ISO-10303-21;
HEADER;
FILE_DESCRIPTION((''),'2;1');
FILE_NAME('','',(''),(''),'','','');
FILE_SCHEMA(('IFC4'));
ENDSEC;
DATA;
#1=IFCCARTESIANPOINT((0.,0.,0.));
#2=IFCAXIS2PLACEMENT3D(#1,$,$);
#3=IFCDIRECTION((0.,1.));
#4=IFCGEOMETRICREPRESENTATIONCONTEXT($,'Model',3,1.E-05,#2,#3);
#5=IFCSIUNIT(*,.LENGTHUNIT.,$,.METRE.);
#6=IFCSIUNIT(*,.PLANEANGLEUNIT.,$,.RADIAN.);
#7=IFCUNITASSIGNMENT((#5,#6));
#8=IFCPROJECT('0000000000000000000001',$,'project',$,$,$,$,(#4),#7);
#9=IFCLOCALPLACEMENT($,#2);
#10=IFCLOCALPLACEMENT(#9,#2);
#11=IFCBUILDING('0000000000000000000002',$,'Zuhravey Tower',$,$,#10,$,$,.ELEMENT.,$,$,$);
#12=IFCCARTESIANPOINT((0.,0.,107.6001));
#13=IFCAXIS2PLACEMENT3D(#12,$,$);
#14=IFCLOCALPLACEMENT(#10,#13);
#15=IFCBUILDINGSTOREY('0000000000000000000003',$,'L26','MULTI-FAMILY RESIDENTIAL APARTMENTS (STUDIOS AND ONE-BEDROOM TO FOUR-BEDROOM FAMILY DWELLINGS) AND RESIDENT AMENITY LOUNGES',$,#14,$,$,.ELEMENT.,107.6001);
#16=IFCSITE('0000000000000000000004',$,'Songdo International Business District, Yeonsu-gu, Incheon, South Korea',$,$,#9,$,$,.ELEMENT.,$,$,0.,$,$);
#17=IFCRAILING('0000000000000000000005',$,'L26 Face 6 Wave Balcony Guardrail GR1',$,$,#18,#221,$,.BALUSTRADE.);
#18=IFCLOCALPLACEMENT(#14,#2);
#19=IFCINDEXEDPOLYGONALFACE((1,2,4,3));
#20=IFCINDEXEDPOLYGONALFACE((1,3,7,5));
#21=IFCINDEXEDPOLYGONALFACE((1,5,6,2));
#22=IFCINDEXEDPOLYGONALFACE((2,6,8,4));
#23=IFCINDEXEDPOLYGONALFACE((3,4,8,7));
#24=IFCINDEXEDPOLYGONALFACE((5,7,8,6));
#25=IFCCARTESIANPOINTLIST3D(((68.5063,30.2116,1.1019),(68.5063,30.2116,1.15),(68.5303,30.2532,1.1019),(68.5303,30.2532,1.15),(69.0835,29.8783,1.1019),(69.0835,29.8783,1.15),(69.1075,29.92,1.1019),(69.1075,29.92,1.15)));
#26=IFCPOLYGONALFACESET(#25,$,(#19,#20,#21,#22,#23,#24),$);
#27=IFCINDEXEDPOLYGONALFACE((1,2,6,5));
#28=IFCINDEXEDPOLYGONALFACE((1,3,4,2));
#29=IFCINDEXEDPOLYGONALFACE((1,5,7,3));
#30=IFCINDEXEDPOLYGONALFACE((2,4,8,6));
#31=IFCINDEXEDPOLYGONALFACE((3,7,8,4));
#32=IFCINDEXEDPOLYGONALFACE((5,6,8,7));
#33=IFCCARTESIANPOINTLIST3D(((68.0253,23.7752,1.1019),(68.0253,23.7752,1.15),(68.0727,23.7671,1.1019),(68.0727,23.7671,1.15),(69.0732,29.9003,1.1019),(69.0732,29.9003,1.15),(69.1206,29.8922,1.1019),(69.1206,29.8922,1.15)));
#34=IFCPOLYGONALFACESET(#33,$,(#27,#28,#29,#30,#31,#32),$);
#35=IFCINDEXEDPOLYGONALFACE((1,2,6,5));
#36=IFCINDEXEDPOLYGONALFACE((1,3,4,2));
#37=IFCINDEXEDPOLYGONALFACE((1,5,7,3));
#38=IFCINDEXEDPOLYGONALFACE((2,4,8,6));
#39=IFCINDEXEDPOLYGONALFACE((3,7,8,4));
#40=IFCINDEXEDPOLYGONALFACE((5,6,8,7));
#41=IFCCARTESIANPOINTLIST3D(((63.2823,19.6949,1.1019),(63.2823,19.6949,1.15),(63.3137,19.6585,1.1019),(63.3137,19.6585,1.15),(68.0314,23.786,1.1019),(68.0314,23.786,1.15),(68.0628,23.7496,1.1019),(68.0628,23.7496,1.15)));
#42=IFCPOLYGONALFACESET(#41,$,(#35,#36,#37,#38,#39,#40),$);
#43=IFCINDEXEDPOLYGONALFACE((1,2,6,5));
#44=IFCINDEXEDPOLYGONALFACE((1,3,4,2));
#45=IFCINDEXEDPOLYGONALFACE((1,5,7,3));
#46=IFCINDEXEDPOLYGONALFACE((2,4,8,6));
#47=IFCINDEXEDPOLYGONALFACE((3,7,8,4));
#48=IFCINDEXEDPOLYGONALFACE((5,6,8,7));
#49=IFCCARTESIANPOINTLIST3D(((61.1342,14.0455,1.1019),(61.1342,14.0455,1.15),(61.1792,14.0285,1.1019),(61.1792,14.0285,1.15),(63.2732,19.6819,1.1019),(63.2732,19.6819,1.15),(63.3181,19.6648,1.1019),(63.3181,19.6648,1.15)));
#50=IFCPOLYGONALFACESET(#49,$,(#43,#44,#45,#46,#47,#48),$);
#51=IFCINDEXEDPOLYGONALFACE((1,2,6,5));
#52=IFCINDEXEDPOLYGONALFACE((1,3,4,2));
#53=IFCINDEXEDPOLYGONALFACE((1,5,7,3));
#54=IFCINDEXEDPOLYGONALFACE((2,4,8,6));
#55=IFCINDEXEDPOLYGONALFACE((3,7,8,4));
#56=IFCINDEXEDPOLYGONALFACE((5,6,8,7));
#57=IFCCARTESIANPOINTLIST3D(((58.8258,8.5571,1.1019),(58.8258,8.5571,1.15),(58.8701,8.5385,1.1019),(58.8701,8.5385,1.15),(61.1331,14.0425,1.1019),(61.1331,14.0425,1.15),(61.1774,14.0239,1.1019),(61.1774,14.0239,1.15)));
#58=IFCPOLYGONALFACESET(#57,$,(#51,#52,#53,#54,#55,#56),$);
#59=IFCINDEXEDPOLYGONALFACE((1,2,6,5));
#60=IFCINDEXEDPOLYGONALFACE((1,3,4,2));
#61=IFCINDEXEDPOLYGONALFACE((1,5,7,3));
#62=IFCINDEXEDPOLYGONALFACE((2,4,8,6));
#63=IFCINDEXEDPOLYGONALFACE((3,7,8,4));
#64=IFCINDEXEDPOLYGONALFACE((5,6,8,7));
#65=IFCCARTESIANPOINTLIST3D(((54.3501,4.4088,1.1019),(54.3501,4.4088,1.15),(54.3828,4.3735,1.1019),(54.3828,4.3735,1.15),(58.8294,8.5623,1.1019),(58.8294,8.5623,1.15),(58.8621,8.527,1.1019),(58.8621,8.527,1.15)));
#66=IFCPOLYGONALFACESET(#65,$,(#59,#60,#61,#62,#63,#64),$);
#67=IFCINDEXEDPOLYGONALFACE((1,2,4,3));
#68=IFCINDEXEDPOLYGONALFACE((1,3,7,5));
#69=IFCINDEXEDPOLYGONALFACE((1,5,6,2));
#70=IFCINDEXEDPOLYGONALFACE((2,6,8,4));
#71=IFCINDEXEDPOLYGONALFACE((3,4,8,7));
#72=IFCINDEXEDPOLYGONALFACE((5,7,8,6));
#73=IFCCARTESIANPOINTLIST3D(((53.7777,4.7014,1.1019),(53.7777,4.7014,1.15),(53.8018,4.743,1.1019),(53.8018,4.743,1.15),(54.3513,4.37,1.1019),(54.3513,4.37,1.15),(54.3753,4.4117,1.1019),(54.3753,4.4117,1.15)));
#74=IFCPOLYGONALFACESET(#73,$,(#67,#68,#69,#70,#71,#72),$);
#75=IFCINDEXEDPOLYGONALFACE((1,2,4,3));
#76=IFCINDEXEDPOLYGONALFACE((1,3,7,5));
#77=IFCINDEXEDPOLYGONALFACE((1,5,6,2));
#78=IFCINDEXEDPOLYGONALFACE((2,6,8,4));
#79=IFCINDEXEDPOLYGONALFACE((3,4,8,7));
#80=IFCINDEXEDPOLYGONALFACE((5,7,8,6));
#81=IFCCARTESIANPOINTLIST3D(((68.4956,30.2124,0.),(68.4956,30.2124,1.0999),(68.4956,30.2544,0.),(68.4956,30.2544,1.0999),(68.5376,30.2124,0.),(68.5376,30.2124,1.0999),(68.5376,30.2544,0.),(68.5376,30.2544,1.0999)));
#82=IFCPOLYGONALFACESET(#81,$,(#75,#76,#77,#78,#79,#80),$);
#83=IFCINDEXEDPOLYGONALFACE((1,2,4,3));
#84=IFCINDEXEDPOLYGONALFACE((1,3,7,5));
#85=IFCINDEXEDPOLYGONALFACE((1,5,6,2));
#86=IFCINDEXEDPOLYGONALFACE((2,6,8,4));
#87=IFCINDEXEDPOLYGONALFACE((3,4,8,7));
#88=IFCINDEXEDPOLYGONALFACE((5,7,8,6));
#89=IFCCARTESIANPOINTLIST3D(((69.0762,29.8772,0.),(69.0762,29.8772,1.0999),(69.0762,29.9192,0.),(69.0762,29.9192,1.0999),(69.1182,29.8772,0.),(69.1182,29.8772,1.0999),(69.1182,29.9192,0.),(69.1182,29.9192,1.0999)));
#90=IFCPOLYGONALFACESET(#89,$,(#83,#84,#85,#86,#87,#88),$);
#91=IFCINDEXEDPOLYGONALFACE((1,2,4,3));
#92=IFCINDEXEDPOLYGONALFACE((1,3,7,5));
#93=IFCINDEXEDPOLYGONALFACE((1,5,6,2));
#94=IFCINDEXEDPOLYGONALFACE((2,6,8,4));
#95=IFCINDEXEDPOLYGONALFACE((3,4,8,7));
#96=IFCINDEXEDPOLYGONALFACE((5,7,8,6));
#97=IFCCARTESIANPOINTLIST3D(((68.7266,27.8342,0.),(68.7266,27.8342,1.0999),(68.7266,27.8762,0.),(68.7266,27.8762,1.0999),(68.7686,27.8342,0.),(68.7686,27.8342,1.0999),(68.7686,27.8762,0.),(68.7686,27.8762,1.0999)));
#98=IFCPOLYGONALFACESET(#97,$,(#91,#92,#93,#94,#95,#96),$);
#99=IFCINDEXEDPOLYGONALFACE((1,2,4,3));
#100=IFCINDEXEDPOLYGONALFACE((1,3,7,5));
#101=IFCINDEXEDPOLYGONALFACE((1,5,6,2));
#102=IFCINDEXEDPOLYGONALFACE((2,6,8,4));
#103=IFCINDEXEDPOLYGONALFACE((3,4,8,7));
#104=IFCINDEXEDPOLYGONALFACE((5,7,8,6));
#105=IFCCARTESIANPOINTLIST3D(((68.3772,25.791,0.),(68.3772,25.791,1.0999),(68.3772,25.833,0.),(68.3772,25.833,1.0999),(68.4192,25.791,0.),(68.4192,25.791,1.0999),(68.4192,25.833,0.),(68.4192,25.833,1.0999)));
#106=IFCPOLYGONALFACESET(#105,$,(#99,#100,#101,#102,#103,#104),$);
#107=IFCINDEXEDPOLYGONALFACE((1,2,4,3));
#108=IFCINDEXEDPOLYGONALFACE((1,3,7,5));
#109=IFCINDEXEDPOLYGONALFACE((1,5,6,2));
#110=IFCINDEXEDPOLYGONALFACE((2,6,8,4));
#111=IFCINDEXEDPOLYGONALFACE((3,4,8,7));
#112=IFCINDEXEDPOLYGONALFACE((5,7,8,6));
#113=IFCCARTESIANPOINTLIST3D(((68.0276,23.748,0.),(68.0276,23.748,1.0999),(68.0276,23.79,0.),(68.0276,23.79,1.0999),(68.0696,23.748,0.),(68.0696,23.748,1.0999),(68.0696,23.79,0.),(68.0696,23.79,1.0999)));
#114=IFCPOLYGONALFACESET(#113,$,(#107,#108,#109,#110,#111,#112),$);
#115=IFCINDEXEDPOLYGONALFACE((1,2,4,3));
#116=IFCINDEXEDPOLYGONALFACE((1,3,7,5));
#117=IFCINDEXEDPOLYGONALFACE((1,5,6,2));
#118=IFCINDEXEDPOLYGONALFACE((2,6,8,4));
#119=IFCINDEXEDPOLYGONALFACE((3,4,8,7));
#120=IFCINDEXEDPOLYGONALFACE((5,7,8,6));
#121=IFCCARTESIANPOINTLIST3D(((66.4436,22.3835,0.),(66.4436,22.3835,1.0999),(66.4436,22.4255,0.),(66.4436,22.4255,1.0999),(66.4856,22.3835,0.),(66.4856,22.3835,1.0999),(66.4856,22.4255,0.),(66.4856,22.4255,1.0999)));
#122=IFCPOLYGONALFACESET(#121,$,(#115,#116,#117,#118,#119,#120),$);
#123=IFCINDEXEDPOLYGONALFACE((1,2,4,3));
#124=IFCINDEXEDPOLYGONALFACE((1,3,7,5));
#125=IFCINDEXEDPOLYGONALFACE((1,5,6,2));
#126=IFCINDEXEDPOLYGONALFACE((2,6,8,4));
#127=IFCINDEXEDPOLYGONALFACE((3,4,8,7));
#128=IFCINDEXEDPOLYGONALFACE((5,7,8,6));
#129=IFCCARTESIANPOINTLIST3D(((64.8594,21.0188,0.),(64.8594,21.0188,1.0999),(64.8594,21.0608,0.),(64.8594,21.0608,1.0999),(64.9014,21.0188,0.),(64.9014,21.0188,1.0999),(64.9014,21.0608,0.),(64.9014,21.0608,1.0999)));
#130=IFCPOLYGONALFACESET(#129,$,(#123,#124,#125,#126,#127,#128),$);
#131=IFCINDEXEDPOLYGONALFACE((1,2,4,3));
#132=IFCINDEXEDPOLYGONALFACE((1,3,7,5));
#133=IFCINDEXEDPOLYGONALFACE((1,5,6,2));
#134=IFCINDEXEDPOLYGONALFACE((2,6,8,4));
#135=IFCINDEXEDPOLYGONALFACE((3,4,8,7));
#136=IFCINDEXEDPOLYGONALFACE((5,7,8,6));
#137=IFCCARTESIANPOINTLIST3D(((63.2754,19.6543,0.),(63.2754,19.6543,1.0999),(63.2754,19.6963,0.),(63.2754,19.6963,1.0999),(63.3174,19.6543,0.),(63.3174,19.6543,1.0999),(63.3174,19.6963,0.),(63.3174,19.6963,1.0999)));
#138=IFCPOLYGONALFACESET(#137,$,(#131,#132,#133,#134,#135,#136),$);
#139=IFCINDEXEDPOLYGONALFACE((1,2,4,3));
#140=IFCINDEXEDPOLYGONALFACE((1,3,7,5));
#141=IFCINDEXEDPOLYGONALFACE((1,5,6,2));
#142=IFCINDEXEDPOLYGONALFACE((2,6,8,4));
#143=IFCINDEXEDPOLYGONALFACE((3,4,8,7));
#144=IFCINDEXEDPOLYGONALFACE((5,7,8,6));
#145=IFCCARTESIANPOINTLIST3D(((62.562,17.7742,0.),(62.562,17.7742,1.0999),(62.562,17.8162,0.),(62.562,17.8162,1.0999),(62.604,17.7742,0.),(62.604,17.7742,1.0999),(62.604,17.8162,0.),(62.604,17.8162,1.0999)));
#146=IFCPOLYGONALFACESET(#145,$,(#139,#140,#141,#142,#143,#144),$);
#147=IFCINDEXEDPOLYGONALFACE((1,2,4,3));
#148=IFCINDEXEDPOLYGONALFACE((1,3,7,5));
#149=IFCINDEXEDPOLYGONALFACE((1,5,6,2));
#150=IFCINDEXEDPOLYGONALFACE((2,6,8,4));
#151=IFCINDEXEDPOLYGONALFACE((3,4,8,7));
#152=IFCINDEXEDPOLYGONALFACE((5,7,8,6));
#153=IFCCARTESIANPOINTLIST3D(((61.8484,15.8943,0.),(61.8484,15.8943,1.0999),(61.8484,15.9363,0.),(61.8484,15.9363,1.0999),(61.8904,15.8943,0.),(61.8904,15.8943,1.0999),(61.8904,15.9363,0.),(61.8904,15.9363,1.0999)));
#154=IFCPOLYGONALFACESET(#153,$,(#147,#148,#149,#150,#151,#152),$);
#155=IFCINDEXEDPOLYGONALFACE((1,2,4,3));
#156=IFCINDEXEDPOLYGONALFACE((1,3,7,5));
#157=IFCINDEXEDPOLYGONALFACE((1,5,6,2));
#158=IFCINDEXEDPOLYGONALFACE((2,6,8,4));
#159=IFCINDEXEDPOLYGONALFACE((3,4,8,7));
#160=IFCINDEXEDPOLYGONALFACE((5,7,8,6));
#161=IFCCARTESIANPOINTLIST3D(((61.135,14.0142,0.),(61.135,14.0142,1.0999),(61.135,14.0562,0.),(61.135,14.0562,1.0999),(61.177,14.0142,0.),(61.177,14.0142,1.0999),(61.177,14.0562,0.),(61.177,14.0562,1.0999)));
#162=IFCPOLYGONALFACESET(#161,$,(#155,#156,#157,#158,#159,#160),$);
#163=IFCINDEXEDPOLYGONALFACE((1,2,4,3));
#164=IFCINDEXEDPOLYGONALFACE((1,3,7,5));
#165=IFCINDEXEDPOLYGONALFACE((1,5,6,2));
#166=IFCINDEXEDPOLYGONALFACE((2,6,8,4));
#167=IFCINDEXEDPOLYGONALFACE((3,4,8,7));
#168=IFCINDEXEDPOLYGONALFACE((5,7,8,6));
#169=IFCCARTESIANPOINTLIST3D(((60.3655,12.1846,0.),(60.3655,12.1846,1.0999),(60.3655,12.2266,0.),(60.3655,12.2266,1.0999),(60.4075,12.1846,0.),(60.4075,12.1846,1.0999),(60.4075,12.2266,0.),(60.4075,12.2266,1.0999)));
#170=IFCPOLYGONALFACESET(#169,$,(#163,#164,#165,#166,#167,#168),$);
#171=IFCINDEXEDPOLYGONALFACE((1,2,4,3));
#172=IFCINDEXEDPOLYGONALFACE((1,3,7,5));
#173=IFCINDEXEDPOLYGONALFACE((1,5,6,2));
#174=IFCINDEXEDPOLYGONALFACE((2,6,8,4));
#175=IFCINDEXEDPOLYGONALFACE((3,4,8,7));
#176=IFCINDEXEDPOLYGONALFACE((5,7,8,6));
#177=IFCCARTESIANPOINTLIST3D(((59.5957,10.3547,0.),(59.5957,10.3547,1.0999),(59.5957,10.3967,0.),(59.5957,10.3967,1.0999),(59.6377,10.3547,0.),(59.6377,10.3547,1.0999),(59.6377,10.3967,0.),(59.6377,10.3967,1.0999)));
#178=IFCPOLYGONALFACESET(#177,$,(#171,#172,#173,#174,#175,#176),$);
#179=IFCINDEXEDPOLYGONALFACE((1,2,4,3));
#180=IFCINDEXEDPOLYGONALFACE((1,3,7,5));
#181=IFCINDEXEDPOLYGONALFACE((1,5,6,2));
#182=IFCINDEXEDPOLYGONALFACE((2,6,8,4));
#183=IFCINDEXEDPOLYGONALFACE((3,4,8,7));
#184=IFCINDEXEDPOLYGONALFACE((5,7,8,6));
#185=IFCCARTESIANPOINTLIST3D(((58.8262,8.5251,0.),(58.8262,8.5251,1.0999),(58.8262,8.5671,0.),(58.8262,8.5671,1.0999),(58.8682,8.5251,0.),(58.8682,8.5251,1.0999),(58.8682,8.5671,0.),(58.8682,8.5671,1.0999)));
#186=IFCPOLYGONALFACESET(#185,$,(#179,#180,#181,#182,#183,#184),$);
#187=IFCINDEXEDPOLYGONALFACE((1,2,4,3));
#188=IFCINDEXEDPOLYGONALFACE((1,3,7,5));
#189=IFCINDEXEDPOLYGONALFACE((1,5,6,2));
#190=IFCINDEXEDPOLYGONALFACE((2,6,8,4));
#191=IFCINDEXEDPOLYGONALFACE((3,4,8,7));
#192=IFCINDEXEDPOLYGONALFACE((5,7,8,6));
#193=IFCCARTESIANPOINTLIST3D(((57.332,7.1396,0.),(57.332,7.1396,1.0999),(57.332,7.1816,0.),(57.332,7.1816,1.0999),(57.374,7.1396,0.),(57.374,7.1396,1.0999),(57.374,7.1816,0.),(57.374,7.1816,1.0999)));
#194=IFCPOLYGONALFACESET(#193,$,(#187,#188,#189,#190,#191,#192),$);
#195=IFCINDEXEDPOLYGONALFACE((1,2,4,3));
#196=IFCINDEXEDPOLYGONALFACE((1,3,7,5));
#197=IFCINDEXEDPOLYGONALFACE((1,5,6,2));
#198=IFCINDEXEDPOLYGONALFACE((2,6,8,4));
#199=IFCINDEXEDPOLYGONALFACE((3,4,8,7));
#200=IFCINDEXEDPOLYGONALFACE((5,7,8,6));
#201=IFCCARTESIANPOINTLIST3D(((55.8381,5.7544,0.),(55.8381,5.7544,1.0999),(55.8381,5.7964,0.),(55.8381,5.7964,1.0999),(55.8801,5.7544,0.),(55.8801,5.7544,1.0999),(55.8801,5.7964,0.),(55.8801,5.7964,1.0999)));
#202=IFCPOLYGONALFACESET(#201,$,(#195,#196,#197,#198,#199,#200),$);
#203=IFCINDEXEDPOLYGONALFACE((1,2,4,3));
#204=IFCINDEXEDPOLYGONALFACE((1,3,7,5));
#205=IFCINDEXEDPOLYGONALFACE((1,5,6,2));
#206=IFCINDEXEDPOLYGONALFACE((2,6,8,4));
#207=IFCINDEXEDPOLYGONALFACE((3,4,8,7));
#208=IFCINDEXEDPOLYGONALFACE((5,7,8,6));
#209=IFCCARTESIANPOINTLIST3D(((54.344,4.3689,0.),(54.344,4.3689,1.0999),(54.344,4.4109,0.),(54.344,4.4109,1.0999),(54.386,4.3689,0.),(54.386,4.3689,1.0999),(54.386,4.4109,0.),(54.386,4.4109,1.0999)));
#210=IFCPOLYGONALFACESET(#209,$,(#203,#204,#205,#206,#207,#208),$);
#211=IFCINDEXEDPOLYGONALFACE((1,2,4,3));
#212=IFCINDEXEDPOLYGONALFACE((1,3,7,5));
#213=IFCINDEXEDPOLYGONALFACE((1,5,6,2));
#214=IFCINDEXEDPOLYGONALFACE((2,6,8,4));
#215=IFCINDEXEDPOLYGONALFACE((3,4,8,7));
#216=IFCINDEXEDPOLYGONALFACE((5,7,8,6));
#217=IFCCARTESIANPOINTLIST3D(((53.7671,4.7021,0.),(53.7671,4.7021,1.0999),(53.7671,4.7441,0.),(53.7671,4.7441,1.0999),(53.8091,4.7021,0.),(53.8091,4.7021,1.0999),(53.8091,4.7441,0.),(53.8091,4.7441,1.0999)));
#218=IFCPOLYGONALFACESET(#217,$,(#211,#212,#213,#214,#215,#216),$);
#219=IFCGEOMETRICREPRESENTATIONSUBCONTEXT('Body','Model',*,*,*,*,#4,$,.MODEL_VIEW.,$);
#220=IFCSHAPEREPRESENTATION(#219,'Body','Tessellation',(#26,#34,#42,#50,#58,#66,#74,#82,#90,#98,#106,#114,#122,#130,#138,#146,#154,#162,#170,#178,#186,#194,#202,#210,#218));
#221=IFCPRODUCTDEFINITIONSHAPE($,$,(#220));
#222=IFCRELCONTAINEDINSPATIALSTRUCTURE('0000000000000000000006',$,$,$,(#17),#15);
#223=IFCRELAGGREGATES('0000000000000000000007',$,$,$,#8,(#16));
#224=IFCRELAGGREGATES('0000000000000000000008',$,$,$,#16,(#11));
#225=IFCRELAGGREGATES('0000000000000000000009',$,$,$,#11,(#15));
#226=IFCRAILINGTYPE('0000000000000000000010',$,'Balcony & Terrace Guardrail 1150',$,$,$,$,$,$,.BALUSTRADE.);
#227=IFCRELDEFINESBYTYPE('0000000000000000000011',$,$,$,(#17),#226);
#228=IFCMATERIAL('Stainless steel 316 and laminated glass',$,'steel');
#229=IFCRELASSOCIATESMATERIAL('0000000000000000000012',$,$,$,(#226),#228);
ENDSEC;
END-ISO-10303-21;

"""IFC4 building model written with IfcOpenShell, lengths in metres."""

from ifc_helpers import new_model, si_unit, direction, frame, origin, origin_2d, place, context, subcontext, project, spatial, rectangle, extrude, material, type_object, element, save


model = new_model("IFC4")

# Units and contexts
model_context = context("Model", 3, precision=1e-05, world=origin(), true_north=direction((0.0, 1.0)))
body_context = subcontext(model_context, "Body", "Model", "MODEL_VIEW")
ifc_project = project(units=[si_unit("LENGTHUNIT", "METRE"), si_unit("PLANEANGLEUNIT", "RADIAN")], contexts=[model_context])

# Site, building, storey
site_placement = place(None, origin())
site = spatial("IfcSite", under=ifc_project, at=site_placement, Name="Songdo International Business District, Yeonsu-gu, Incheon, South Korea", CompositionType="ELEMENT", RefElevation=0.0)
building_placement = place(site_placement, origin())
building = spatial("IfcBuilding", under=site, at=building_placement, Name="Zuhravey Tower", CompositionType="ELEMENT")
storey_placement = place(building_placement, frame((0.0, 0.0, 107.6001)))
storey = spatial("IfcBuildingStorey", under=building, at=storey_placement, Name="L26", Description="MULTI-FAMILY RESIDENTIAL APARTMENTS (STUDIOS AND ONE-BEDROOM TO FOUR-BEDROOM FAMILY DWELLINGS) AND RESIDENT AMENITY LOUNGES", CompositionType="ELEMENT", Elevation=107.6001)

# Railing
ifc_material_1 = material(Name="Stainless steel 316 and laminated glass", Category="steel")
railing_type = type_object("IfcRailingType", Name="Balcony & Terrace Guardrail 1150", PredefinedType="BALUSTRADE", material=ifc_material_1)
railing_placement = place(storey_placement, frame((68.5166, 30.2334, 0.0)))
element("IfcRailing", 1, at=railing_placement, inside=storey, type_object=railing_type, Name="L26 Face 6 Wave Balcony Guardrail GR1", PredefinedType="BALUSTRADE", context=body_context, shape_type="SweptSolid", body=[
    extrude(rectangle(XDim=0.0481, YDim=0.0481, at=origin_2d()), frame((0.0017, -0.001, 1.126), z_axis=(0.866016, -0.500017, 0.0), x_axis=(0.500017, 0.866016, 0.0)), (0.0, 0.0, 1.0), 0.6665),
    extrude(rectangle(XDim=0.0481, YDim=0.0481, at=origin_2d()), frame((0.5803, -0.3372, 1.126), z_axis=(-0.168631, -0.985679, 0.0), x_axis=(0.985679, -0.168631, 0.0)), (0.0, 0.0, 1.0), 6.2141),
    extrude(rectangle(XDim=0.0481, YDim=0.0481, at=origin_2d()), frame((-0.4695, -6.4656, 1.126), z_axis=(-0.757644, -0.652668, 0.0), x_axis=(0.652668, -0.757644, 0.0)), (0.0, 0.0, 1.0), 6.2683),
    extrude(rectangle(XDim=0.0481, YDim=0.0481, at=origin_2d()), frame((-5.2209, -10.5601, 1.126), z_axis=(-0.354802, -0.934942, 0.0), x_axis=(0.934942, -0.354802, 0.0)), (0.0, 0.0, 1.0), 6.0286),
    extrude(rectangle(XDim=0.0481, YDim=0.0481, at=origin_2d()), frame((-7.3613, -16.2002, 1.126), z_axis=(-0.387725, -0.921775, 0.0), x_axis=(0.921775, -0.387725, 0.0)), (0.0, 0.0, 1.0), 5.9509),
    extrude(rectangle(XDim=0.0481, YDim=0.0481, at=origin_2d()), frame((-9.6709, -21.6887, 1.126), z_axis=(-0.733264, -0.679944, 0.0), x_axis=(0.679944, -0.733264, 0.0)), (0.0, 0.0, 1.0), 6.1086),
    extrude(rectangle(XDim=0.0481, YDim=0.0481, at=origin_2d()), frame((-14.1533, -25.8425, 1.126), z_axis=(-0.865911, 0.500198, 0.0), x_axis=(-0.500198, -0.865911, 0.0)), (0.0, 0.0, 1.0), 0.6624),
    extrude(rectangle(XDim=0.042, YDim=0.042, at=origin_2d()), origin(), (0.0, 0.0, 1.0), 1.0999),
    extrude(rectangle(XDim=0.042, YDim=0.042, at=origin_2d()), frame((0.5806, -0.3352, 0.0)), (0.0, 0.0, 1.0), 1.0999),
    extrude(rectangle(XDim=0.042, YDim=0.042, at=origin_2d()), frame((0.231, -2.3782, 0.0)), (0.0, 0.0, 1.0), 1.0999),
    extrude(rectangle(XDim=0.042, YDim=0.042, at=origin_2d()), frame((-0.1184, -4.4214, 0.0)), (0.0, 0.0, 1.0), 1.0999),
    extrude(rectangle(XDim=0.042, YDim=0.042, at=origin_2d()), frame((-0.468, -6.4644, 0.0)), (0.0, 0.0, 1.0), 1.0999),
    extrude(rectangle(XDim=0.042, YDim=0.042, at=origin_2d()), frame((-2.052, -7.8289, 0.0)), (0.0, 0.0, 1.0), 1.0999),
    extrude(rectangle(XDim=0.042, YDim=0.042, at=origin_2d()), frame((-3.6362, -9.1936, 0.0)), (0.0, 0.0, 1.0), 1.0999),
    extrude(rectangle(XDim=0.042, YDim=0.042, at=origin_2d()), frame((-5.2202, -10.5581, 0.0)), (0.0, 0.0, 1.0), 1.0999),
    extrude(rectangle(XDim=0.042, YDim=0.042, at=origin_2d()), frame((-5.9336, -12.4382, 0.0)), (0.0, 0.0, 1.0), 1.0999),
    extrude(rectangle(XDim=0.042, YDim=0.042, at=origin_2d()), frame((-6.6472, -14.3181, 0.0)), (0.0, 0.0, 1.0), 1.0999),
    extrude(rectangle(XDim=0.042, YDim=0.042, at=origin_2d()), frame((-7.3606, -16.1982, 0.0)), (0.0, 0.0, 1.0), 1.0999),
    extrude(rectangle(XDim=0.042, YDim=0.042, at=origin_2d()), frame((-8.1301, -18.0278, 0.0)), (0.0, 0.0, 1.0), 1.0999),
    extrude(rectangle(XDim=0.042, YDim=0.042, at=origin_2d()), frame((-8.8999, -19.8577, 0.0)), (0.0, 0.0, 1.0), 1.0999),
    extrude(rectangle(XDim=0.042, YDim=0.042, at=origin_2d()), frame((-9.6694, -21.6873, 0.0)), (0.0, 0.0, 1.0), 1.0999),
    extrude(rectangle(XDim=0.042, YDim=0.042, at=origin_2d()), frame((-11.1636, -23.0728, 0.0)), (0.0, 0.0, 1.0), 1.0999),
    extrude(rectangle(XDim=0.042, YDim=0.042, at=origin_2d()), frame((-12.6575, -24.458, 0.0)), (0.0, 0.0, 1.0), 1.0999),
    extrude(rectangle(XDim=0.042, YDim=0.042, at=origin_2d()), frame((-14.1516, -25.8435, 0.0)), (0.0, 0.0, 1.0), 1.0999),
    extrude(rectangle(XDim=0.042, YDim=0.042, at=origin_2d()), frame((-14.7285, -25.5103, 0.0)), (0.0, 0.0, 1.0), 1.0999),
])

save(model, "model.ifc")
